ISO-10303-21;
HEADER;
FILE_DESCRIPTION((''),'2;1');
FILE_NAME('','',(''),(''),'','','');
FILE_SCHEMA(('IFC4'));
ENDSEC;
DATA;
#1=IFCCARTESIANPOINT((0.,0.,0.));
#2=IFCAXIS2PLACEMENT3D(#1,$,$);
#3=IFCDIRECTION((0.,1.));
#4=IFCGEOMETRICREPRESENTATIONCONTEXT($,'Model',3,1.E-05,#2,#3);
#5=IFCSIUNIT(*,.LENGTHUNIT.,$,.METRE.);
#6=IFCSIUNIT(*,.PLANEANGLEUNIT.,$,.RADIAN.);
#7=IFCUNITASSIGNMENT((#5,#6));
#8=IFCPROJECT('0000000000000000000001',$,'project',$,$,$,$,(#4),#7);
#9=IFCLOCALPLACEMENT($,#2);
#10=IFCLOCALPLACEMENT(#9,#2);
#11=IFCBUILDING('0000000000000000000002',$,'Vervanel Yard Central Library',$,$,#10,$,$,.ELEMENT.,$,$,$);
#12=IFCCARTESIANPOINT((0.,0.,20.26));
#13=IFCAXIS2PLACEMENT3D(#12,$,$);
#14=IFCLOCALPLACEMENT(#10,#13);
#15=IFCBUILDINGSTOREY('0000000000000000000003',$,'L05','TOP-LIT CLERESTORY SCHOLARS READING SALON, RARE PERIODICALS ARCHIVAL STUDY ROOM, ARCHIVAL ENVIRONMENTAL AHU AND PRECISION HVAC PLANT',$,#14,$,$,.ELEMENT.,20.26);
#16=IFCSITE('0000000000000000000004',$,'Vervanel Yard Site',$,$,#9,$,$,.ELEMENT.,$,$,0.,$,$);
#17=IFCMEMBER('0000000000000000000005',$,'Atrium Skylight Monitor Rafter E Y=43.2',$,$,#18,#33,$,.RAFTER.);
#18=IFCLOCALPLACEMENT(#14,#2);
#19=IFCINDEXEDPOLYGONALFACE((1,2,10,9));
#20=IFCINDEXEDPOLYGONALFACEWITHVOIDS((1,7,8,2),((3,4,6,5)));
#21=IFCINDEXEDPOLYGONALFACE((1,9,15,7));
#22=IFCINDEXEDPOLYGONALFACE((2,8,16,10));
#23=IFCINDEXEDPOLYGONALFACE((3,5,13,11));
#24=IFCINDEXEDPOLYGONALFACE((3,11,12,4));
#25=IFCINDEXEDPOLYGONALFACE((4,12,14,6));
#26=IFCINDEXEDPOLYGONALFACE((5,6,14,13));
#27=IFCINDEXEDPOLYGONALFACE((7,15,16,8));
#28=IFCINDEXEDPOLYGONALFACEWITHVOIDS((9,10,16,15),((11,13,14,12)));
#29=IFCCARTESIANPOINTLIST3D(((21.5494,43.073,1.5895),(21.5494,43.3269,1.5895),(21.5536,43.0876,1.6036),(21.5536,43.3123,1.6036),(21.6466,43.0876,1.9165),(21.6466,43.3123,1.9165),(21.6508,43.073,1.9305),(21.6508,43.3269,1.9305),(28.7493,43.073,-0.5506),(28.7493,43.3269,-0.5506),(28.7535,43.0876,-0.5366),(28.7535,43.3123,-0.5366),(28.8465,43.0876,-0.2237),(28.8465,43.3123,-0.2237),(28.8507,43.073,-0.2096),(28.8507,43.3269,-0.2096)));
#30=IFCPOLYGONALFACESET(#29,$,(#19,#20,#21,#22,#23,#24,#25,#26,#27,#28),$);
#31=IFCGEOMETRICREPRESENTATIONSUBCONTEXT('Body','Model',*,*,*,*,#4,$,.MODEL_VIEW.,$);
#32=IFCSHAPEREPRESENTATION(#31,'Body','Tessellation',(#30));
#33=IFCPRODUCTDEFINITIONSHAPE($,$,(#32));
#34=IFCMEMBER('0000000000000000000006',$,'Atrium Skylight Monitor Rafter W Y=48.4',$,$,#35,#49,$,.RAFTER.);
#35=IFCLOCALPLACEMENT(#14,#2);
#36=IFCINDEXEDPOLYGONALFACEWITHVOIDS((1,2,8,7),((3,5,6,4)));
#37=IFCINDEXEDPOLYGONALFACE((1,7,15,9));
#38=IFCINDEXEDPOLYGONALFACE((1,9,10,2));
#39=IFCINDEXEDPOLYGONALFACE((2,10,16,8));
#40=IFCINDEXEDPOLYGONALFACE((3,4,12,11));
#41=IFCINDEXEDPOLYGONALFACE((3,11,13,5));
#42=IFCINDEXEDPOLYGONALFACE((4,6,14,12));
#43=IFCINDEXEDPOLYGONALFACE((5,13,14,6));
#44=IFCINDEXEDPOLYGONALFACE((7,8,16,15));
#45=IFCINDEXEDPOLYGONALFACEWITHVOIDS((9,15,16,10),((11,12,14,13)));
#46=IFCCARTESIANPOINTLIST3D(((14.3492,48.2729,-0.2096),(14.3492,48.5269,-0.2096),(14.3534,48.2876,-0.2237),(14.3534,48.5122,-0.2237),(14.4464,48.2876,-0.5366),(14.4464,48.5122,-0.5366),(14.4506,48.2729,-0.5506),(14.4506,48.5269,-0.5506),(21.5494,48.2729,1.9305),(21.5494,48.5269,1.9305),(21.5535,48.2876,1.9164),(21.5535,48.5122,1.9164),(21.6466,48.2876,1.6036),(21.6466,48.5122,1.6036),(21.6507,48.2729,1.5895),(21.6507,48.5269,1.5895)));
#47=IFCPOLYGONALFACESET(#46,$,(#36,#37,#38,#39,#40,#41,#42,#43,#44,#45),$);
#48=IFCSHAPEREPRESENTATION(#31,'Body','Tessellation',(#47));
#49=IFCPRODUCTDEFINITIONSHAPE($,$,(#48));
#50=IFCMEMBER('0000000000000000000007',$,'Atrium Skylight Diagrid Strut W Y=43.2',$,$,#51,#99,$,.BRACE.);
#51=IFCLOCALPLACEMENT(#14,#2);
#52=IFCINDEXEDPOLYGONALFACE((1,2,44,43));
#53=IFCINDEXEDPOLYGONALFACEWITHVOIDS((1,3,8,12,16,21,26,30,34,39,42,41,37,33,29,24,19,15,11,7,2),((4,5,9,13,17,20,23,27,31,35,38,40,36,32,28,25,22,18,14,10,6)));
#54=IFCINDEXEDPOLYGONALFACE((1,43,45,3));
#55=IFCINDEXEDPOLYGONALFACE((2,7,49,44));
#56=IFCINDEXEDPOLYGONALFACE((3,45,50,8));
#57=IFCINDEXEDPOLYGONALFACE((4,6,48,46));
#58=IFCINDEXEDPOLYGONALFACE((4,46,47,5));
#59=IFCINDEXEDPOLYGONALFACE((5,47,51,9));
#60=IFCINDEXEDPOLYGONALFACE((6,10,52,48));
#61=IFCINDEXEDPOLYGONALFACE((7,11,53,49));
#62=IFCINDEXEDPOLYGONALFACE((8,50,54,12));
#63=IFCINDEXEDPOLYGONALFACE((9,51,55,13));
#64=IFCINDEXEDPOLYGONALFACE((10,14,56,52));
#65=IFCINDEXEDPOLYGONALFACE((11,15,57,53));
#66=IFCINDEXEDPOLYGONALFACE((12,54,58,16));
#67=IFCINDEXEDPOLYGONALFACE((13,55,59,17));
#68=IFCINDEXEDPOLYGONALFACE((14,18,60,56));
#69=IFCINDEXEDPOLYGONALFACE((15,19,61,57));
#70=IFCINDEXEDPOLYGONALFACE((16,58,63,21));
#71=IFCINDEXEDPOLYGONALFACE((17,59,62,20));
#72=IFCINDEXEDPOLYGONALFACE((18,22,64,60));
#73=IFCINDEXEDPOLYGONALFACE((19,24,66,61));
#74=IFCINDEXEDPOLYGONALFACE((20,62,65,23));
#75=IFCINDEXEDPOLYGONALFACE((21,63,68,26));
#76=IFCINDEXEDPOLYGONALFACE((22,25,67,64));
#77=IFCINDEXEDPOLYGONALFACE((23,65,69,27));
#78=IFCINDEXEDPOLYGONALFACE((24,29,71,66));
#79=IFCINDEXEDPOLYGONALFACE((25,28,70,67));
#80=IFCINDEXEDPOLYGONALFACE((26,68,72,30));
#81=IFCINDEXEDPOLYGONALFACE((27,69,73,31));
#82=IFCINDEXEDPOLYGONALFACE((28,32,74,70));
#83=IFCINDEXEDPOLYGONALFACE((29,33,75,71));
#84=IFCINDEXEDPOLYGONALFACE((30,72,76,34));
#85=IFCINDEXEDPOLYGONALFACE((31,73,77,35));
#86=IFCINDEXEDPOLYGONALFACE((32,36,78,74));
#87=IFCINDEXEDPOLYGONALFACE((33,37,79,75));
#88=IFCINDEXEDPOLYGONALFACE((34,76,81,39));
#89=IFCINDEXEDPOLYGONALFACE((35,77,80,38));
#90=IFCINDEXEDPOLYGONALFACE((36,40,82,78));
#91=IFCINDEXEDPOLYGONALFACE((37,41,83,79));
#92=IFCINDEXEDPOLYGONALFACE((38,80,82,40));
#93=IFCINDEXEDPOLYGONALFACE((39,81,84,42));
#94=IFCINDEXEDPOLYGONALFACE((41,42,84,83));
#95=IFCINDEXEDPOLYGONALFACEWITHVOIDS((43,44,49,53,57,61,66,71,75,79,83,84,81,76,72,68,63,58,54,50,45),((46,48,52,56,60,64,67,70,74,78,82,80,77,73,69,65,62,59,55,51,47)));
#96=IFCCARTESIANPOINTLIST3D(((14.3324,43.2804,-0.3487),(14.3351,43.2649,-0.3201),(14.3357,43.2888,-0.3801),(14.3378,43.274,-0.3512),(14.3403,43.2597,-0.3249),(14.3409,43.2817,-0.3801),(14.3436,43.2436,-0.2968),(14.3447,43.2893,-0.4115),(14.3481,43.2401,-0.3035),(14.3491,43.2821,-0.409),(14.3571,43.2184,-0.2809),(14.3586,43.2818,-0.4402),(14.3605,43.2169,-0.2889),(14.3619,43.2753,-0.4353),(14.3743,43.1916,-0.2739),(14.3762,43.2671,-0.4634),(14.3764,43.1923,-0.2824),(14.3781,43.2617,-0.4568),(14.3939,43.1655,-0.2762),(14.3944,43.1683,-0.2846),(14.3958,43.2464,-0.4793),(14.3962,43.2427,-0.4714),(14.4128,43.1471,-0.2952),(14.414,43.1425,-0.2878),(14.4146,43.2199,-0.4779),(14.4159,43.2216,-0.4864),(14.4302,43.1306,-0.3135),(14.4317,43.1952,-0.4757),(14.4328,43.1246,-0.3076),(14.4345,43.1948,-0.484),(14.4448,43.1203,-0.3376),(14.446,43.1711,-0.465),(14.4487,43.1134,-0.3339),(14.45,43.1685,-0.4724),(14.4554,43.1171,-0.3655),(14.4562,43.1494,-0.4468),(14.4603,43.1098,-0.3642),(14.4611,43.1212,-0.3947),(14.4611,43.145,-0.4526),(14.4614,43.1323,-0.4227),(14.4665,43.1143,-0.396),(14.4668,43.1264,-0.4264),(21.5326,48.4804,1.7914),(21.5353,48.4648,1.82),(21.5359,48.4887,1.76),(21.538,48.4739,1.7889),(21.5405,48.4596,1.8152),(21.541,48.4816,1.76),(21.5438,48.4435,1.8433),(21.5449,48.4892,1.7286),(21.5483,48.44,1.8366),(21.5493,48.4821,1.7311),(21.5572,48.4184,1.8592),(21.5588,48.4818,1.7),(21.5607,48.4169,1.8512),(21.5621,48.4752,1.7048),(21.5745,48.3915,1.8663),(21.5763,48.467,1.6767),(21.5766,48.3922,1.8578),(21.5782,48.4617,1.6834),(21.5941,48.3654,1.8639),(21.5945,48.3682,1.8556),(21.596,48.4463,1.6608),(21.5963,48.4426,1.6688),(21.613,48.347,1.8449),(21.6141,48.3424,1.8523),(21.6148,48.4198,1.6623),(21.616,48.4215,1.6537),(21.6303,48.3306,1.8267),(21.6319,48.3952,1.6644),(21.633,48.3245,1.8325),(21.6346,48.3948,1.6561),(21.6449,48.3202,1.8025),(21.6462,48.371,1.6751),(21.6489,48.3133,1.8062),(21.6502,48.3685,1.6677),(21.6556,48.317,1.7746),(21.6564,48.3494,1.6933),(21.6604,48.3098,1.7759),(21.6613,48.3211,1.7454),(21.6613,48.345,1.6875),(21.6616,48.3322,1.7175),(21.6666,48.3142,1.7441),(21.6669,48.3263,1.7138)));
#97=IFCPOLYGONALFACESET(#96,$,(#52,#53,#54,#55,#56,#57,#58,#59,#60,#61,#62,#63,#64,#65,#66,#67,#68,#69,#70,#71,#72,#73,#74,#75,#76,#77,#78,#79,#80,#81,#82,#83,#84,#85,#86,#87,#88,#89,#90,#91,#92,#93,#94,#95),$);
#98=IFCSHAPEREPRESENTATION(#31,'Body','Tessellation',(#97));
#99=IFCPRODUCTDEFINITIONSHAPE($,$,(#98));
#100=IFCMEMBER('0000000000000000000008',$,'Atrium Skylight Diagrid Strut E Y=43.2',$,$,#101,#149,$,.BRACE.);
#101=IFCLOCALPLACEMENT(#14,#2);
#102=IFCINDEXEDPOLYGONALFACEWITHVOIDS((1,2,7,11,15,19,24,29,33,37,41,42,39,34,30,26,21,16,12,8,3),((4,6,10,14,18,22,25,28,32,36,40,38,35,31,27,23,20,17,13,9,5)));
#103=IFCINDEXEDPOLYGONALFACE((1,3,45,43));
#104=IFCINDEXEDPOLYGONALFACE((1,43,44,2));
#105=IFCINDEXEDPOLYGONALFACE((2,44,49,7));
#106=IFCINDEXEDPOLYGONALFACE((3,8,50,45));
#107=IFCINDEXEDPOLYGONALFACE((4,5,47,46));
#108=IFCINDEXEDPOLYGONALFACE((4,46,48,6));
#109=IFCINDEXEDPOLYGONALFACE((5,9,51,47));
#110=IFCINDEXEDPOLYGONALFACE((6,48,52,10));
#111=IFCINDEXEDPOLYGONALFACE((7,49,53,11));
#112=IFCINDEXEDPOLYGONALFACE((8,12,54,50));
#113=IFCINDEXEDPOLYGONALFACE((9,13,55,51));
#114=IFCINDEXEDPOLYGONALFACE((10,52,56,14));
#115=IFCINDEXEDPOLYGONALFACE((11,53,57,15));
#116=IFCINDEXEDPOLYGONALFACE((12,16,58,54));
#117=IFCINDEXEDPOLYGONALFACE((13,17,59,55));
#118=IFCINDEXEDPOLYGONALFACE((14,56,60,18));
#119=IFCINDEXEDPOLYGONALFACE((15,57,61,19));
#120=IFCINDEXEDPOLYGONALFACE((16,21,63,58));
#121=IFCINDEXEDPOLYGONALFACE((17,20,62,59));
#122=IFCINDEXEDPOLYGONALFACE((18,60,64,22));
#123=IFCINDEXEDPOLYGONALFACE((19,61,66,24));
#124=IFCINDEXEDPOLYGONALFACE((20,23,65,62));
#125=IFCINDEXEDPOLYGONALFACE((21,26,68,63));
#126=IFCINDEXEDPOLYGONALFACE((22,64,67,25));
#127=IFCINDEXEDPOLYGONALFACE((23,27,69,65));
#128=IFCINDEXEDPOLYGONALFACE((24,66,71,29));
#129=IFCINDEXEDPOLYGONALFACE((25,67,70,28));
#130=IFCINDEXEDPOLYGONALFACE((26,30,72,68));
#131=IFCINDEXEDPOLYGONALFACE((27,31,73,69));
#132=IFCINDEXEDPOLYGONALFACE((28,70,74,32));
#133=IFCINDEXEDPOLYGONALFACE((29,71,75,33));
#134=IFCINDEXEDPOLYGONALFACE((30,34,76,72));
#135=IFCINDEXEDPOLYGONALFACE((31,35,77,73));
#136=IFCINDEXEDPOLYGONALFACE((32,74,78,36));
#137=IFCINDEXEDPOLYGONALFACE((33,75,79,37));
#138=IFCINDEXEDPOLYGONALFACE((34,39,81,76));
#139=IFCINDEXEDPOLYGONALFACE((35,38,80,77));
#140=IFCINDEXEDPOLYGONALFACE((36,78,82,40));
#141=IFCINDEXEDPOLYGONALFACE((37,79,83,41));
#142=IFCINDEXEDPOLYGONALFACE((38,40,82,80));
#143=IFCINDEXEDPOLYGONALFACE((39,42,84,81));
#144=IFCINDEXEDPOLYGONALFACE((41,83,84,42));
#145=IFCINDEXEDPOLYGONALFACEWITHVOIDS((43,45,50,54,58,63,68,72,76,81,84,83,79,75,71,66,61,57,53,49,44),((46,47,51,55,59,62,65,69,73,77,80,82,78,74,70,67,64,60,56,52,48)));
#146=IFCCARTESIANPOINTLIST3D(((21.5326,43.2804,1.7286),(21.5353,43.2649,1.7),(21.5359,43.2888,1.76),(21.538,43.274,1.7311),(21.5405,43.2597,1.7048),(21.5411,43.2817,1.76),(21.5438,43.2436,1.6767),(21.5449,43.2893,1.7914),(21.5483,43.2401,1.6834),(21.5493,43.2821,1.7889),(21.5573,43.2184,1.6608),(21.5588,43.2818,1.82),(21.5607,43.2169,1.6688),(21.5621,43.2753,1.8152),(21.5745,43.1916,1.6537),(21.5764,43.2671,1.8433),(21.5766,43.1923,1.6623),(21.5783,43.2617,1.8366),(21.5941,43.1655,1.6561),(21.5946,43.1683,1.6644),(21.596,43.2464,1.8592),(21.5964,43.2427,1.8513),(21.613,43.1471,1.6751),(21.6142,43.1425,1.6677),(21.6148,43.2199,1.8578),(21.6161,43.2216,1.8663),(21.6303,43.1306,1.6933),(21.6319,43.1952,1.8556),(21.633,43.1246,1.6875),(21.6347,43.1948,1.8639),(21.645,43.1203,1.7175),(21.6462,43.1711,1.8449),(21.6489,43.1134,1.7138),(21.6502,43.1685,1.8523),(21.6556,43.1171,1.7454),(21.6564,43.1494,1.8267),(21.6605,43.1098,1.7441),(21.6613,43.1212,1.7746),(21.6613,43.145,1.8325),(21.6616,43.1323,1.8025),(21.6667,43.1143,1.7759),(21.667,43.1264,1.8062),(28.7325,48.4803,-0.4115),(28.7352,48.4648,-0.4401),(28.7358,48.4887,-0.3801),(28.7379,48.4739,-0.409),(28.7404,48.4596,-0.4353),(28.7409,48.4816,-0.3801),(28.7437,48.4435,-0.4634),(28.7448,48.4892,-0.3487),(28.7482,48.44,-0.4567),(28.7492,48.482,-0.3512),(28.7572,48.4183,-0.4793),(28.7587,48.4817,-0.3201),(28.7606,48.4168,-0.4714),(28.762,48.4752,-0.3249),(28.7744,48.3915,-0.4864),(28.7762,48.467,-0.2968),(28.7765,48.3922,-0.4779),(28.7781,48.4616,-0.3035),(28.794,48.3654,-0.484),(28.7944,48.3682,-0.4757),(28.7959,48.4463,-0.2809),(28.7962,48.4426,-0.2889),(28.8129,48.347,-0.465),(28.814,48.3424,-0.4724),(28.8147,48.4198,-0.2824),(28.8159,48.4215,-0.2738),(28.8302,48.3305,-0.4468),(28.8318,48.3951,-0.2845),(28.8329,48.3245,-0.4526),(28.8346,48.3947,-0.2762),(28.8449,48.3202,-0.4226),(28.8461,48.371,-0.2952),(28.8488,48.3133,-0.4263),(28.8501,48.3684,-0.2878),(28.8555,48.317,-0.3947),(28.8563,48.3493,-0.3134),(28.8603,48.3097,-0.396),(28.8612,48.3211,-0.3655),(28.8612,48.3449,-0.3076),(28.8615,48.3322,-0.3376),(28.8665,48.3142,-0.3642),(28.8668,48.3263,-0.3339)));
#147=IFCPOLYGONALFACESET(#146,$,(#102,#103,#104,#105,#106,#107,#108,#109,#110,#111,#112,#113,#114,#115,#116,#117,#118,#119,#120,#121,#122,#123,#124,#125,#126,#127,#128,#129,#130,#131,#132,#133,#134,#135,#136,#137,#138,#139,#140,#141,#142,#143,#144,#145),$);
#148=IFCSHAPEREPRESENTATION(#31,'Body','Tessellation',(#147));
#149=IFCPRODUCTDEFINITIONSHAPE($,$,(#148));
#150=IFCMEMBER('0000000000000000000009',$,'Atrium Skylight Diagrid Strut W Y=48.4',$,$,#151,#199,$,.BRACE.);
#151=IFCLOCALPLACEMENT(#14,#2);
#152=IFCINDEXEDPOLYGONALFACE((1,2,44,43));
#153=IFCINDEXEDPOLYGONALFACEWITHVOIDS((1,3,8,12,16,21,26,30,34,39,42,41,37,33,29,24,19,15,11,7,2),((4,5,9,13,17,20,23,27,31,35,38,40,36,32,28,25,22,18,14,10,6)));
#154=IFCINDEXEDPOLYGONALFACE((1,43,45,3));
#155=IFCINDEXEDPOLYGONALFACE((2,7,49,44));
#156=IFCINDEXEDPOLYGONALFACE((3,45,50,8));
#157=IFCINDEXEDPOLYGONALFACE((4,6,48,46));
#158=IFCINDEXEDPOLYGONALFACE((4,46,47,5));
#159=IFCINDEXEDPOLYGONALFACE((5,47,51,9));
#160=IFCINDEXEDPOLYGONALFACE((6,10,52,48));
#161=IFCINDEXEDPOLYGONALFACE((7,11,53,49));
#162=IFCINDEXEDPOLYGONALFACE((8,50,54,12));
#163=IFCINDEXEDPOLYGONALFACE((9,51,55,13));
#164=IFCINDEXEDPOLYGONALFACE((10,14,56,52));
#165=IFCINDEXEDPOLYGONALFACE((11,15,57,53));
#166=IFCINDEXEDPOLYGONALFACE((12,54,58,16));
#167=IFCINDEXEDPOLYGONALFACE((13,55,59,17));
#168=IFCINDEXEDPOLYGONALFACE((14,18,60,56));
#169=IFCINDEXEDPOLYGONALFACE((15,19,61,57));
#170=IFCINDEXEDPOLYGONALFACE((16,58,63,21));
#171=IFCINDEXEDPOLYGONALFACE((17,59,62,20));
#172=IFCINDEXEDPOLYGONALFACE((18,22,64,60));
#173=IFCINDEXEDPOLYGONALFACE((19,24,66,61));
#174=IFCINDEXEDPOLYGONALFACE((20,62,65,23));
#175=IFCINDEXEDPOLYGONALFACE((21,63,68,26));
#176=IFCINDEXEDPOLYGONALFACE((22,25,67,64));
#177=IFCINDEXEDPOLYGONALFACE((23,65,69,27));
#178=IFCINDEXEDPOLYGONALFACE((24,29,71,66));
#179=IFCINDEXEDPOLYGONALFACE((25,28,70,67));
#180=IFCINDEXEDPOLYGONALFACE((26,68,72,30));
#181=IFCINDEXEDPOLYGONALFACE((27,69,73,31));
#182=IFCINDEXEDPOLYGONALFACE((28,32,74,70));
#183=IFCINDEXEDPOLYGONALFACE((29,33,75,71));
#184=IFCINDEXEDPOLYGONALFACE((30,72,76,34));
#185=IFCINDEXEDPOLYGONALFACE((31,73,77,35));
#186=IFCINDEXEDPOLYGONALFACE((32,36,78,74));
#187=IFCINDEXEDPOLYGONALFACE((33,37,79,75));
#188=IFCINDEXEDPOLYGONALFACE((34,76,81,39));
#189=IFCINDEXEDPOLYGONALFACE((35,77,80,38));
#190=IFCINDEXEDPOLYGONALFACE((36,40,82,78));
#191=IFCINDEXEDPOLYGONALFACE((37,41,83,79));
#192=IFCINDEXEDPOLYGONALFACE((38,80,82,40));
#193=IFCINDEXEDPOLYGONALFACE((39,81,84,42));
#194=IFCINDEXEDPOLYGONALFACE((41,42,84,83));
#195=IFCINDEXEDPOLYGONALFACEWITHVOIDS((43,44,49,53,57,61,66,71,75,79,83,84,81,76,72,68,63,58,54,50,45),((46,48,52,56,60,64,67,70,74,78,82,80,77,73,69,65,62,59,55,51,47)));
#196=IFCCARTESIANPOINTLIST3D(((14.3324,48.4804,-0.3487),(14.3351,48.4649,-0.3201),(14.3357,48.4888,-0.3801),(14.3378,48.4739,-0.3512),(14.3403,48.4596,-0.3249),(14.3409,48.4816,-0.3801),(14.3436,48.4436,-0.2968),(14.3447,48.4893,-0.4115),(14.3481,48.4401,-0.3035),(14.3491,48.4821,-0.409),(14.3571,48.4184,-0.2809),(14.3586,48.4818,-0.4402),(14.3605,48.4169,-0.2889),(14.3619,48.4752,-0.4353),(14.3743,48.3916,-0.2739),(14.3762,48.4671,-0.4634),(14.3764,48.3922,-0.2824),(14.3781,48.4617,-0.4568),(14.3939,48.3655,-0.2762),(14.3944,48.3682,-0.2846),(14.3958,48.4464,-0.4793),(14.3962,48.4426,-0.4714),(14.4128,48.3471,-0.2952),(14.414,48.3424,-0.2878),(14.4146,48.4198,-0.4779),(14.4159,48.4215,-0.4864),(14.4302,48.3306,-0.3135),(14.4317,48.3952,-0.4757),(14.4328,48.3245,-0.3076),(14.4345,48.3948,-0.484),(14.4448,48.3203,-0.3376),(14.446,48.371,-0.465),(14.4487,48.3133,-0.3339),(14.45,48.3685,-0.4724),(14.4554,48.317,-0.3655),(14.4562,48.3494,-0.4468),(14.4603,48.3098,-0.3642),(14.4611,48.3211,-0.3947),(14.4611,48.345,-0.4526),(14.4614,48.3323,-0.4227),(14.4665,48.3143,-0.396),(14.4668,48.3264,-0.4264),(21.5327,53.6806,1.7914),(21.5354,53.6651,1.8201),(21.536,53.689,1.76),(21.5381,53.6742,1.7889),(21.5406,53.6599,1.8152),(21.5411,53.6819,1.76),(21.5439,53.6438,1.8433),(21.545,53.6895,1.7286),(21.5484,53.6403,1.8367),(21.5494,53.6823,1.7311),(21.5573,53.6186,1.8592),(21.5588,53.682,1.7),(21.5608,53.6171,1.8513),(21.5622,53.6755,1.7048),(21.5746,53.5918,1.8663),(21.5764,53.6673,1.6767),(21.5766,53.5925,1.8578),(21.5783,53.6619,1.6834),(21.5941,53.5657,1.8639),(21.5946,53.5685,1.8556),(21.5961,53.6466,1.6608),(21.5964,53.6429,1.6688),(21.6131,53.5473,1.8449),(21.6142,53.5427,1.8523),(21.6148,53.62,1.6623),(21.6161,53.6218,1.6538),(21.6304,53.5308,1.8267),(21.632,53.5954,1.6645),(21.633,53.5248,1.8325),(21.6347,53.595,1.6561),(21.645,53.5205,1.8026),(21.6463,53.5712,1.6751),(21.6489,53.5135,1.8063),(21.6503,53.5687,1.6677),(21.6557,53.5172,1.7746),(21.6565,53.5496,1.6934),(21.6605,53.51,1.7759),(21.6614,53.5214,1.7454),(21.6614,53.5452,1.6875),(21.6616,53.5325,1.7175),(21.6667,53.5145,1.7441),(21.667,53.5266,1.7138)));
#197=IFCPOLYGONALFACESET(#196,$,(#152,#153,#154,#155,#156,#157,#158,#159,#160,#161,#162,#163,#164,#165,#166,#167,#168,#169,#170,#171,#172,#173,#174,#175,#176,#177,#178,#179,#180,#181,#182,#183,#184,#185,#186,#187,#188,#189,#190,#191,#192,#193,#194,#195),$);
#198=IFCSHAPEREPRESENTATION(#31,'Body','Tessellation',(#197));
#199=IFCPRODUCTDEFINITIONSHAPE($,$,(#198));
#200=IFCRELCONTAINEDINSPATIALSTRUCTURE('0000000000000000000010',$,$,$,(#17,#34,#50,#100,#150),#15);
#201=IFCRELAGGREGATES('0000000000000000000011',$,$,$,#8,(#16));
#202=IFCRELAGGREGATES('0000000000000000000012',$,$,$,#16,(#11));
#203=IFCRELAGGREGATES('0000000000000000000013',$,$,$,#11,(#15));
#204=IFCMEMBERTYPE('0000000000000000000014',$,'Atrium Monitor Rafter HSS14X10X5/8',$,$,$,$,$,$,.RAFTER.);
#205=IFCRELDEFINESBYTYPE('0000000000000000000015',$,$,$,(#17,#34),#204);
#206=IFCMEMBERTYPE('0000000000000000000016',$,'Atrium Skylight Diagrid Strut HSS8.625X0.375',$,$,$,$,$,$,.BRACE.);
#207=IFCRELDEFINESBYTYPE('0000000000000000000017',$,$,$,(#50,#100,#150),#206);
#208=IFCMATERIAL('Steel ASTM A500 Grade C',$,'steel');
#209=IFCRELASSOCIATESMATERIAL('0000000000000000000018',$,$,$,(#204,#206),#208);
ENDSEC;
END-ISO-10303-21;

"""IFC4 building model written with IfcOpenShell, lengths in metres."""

from ifc_helpers import new_model, si_unit, direction, frame, origin, origin_2d, place, context, subcontext, project, spatial, hollow_rectangle, hollow_circle, extrude, material, material_profile, profile_set, type_object, element, save


model = new_model("IFC4")

# Units and contexts
model_context = context("Model", 3, precision=1e-05, world=origin(), true_north=direction((0.0, 1.0)))
body_context = subcontext(model_context, "Body", "Model", "MODEL_VIEW")
ifc_project = project(units=[si_unit("LENGTHUNIT", "METRE"), si_unit("PLANEANGLEUNIT", "RADIAN")], contexts=[model_context])

# Site, building, storey
site_placement = place(None, origin())
site = spatial("IfcSite", under=ifc_project, at=site_placement, Name="Vervanel Yard Site", CompositionType="ELEMENT", RefElevation=0.0)
building_placement = place(site_placement, origin())
building = spatial("IfcBuilding", under=site, at=building_placement, Name="Vervanel Yard Central Library", CompositionType="ELEMENT")
storey_placement = place(building_placement, frame((0.0, 0.0, 20.26)))
storey = spatial("IfcBuildingStorey", under=building, at=storey_placement, Name="L05", Description="TOP-LIT CLERESTORY SCHOLARS READING SALON, RARE PERIODICALS ARCHIVAL STUDY ROOM, ARCHIVAL ENVIRONMENTAL AHU AND PRECISION HVAC PLANT", CompositionType="ELEMENT", Elevation=20.26)

# Members
ifc_material_1 = material(Name="Steel ASTM A500 Grade C", Category="steel")
ifc_material_profile_1 = material_profile(ifc_material_1, hollow_rectangle(XDim=0.2539, YDim=0.3557, WallThickness=0.0146, at=origin_2d()), Name="HSS14X10X5/8", Category="steel")
ifc_profile_set_1 = profile_set([ifc_material_profile_1], Name="Steel ASTM A500 Grade C")
member_type_1 = type_object("IfcMemberType", Name="Atrium Monitor Rafter HSS14X10X5/8", PredefinedType="RAFTER", material=ifc_profile_set_1)
member_1_placement = place(storey_placement, frame((21.6001, 43.2, 1.76), z_axis=(0.958551, 0.0, -0.284923), x_axis=(0.0, 1.0, 0.0)))
element("IfcMember", 1, at=member_1_placement, inside=storey, type_object=member_type_1, Name="Atrium Skylight Monitor Rafter E Y=43.2", PredefinedType="RAFTER", context=body_context, shape_type="SweptSolid", body=[
    extrude(hollow_rectangle(XDim=0.2539, YDim=0.3557, WallThickness=0.0146, at=origin_2d()), origin(), (0.0, 0.0, 1.0), 7.5112),
])
member_2_placement = place(storey_placement, frame((14.3999, 48.3999, -0.3801), z_axis=(0.958553, 0.0, 0.284914), x_axis=(0.0, 1.0, 0.0)))
element("IfcMember", 2, at=member_2_placement, inside=storey, type_object=member_type_1, Name="Atrium Skylight Monitor Rafter W Y=48.4", PredefinedType="RAFTER", context=body_context, shape_type="SweptSolid", body=[
    extrude(hollow_rectangle(XDim=0.2539, YDim=0.3557, WallThickness=0.0146, at=origin_2d()), origin(), (0.0, 0.0, 1.0), 7.5115),
])
ifc_material_profile_2 = material_profile(ifc_material_1, hollow_circle(Radius=0.1096, WallThickness=0.0088, at=origin_2d()), Name="HSS8.625X0.375", Category="steel")
ifc_profile_set_2 = profile_set([ifc_material_profile_2], Name="Steel ASTM A500 Grade C")
member_type_2 = type_object("IfcMemberType", Name="Atrium Skylight Diagrid Strut HSS8.625X0.375", PredefinedType="BRACE", material=ifc_profile_set_2)
member_3_placement = place(storey_placement, frame((14.3999, 43.2, -0.3801), z_axis=(0.788131, 0.569185, 0.234259), x_axis=(-0.585477, 0.810689, 0.0)))
element("IfcMember", 3, at=member_3_placement, inside=storey, type_object=member_type_2, Name="Atrium Skylight Diagrid Strut W Y=43.2", PredefinedType="BRACE", context=body_context, shape_type="SweptSolid", body=[
    extrude(hollow_circle(Radius=0.1096, WallThickness=0.0088, at=origin_2d()), origin(), (0.0, 0.0, 1.0), 9.1357),
])
member_4_placement = place(storey_placement, frame((21.6001, 43.2, 1.76), z_axis=(0.788121, 0.569197, -0.234264), x_axis=(-0.58549, 0.81068, 0.0)))
element("IfcMember", 4, at=member_4_placement, inside=storey, type_object=member_type_2, Name="Atrium Skylight Diagrid Strut E Y=43.2", PredefinedType="BRACE", context=body_context, shape_type="SweptSolid", body=[
    extrude(hollow_circle(Radius=0.1096, WallThickness=0.0088, at=origin_2d()), origin(), (0.0, 0.0, 1.0), 9.1355),
])
member_5_placement = place(storey_placement, frame((14.3999, 48.3999, -0.3801), z_axis=(0.788119, 0.569203, 0.234255), x_axis=(-0.585495, 0.810676, 0.0)))
element("IfcMember", 5, at=member_5_placement, inside=storey, type_object=member_type_2, Name="Atrium Skylight Diagrid Strut W Y=48.4", PredefinedType="BRACE", context=body_context, shape_type="SweptSolid", body=[
    extrude(hollow_circle(Radius=0.1096, WallThickness=0.0088, at=origin_2d()), origin(), (0.0, 0.0, 1.0), 9.136),
])

save(model, "model.ifc")
